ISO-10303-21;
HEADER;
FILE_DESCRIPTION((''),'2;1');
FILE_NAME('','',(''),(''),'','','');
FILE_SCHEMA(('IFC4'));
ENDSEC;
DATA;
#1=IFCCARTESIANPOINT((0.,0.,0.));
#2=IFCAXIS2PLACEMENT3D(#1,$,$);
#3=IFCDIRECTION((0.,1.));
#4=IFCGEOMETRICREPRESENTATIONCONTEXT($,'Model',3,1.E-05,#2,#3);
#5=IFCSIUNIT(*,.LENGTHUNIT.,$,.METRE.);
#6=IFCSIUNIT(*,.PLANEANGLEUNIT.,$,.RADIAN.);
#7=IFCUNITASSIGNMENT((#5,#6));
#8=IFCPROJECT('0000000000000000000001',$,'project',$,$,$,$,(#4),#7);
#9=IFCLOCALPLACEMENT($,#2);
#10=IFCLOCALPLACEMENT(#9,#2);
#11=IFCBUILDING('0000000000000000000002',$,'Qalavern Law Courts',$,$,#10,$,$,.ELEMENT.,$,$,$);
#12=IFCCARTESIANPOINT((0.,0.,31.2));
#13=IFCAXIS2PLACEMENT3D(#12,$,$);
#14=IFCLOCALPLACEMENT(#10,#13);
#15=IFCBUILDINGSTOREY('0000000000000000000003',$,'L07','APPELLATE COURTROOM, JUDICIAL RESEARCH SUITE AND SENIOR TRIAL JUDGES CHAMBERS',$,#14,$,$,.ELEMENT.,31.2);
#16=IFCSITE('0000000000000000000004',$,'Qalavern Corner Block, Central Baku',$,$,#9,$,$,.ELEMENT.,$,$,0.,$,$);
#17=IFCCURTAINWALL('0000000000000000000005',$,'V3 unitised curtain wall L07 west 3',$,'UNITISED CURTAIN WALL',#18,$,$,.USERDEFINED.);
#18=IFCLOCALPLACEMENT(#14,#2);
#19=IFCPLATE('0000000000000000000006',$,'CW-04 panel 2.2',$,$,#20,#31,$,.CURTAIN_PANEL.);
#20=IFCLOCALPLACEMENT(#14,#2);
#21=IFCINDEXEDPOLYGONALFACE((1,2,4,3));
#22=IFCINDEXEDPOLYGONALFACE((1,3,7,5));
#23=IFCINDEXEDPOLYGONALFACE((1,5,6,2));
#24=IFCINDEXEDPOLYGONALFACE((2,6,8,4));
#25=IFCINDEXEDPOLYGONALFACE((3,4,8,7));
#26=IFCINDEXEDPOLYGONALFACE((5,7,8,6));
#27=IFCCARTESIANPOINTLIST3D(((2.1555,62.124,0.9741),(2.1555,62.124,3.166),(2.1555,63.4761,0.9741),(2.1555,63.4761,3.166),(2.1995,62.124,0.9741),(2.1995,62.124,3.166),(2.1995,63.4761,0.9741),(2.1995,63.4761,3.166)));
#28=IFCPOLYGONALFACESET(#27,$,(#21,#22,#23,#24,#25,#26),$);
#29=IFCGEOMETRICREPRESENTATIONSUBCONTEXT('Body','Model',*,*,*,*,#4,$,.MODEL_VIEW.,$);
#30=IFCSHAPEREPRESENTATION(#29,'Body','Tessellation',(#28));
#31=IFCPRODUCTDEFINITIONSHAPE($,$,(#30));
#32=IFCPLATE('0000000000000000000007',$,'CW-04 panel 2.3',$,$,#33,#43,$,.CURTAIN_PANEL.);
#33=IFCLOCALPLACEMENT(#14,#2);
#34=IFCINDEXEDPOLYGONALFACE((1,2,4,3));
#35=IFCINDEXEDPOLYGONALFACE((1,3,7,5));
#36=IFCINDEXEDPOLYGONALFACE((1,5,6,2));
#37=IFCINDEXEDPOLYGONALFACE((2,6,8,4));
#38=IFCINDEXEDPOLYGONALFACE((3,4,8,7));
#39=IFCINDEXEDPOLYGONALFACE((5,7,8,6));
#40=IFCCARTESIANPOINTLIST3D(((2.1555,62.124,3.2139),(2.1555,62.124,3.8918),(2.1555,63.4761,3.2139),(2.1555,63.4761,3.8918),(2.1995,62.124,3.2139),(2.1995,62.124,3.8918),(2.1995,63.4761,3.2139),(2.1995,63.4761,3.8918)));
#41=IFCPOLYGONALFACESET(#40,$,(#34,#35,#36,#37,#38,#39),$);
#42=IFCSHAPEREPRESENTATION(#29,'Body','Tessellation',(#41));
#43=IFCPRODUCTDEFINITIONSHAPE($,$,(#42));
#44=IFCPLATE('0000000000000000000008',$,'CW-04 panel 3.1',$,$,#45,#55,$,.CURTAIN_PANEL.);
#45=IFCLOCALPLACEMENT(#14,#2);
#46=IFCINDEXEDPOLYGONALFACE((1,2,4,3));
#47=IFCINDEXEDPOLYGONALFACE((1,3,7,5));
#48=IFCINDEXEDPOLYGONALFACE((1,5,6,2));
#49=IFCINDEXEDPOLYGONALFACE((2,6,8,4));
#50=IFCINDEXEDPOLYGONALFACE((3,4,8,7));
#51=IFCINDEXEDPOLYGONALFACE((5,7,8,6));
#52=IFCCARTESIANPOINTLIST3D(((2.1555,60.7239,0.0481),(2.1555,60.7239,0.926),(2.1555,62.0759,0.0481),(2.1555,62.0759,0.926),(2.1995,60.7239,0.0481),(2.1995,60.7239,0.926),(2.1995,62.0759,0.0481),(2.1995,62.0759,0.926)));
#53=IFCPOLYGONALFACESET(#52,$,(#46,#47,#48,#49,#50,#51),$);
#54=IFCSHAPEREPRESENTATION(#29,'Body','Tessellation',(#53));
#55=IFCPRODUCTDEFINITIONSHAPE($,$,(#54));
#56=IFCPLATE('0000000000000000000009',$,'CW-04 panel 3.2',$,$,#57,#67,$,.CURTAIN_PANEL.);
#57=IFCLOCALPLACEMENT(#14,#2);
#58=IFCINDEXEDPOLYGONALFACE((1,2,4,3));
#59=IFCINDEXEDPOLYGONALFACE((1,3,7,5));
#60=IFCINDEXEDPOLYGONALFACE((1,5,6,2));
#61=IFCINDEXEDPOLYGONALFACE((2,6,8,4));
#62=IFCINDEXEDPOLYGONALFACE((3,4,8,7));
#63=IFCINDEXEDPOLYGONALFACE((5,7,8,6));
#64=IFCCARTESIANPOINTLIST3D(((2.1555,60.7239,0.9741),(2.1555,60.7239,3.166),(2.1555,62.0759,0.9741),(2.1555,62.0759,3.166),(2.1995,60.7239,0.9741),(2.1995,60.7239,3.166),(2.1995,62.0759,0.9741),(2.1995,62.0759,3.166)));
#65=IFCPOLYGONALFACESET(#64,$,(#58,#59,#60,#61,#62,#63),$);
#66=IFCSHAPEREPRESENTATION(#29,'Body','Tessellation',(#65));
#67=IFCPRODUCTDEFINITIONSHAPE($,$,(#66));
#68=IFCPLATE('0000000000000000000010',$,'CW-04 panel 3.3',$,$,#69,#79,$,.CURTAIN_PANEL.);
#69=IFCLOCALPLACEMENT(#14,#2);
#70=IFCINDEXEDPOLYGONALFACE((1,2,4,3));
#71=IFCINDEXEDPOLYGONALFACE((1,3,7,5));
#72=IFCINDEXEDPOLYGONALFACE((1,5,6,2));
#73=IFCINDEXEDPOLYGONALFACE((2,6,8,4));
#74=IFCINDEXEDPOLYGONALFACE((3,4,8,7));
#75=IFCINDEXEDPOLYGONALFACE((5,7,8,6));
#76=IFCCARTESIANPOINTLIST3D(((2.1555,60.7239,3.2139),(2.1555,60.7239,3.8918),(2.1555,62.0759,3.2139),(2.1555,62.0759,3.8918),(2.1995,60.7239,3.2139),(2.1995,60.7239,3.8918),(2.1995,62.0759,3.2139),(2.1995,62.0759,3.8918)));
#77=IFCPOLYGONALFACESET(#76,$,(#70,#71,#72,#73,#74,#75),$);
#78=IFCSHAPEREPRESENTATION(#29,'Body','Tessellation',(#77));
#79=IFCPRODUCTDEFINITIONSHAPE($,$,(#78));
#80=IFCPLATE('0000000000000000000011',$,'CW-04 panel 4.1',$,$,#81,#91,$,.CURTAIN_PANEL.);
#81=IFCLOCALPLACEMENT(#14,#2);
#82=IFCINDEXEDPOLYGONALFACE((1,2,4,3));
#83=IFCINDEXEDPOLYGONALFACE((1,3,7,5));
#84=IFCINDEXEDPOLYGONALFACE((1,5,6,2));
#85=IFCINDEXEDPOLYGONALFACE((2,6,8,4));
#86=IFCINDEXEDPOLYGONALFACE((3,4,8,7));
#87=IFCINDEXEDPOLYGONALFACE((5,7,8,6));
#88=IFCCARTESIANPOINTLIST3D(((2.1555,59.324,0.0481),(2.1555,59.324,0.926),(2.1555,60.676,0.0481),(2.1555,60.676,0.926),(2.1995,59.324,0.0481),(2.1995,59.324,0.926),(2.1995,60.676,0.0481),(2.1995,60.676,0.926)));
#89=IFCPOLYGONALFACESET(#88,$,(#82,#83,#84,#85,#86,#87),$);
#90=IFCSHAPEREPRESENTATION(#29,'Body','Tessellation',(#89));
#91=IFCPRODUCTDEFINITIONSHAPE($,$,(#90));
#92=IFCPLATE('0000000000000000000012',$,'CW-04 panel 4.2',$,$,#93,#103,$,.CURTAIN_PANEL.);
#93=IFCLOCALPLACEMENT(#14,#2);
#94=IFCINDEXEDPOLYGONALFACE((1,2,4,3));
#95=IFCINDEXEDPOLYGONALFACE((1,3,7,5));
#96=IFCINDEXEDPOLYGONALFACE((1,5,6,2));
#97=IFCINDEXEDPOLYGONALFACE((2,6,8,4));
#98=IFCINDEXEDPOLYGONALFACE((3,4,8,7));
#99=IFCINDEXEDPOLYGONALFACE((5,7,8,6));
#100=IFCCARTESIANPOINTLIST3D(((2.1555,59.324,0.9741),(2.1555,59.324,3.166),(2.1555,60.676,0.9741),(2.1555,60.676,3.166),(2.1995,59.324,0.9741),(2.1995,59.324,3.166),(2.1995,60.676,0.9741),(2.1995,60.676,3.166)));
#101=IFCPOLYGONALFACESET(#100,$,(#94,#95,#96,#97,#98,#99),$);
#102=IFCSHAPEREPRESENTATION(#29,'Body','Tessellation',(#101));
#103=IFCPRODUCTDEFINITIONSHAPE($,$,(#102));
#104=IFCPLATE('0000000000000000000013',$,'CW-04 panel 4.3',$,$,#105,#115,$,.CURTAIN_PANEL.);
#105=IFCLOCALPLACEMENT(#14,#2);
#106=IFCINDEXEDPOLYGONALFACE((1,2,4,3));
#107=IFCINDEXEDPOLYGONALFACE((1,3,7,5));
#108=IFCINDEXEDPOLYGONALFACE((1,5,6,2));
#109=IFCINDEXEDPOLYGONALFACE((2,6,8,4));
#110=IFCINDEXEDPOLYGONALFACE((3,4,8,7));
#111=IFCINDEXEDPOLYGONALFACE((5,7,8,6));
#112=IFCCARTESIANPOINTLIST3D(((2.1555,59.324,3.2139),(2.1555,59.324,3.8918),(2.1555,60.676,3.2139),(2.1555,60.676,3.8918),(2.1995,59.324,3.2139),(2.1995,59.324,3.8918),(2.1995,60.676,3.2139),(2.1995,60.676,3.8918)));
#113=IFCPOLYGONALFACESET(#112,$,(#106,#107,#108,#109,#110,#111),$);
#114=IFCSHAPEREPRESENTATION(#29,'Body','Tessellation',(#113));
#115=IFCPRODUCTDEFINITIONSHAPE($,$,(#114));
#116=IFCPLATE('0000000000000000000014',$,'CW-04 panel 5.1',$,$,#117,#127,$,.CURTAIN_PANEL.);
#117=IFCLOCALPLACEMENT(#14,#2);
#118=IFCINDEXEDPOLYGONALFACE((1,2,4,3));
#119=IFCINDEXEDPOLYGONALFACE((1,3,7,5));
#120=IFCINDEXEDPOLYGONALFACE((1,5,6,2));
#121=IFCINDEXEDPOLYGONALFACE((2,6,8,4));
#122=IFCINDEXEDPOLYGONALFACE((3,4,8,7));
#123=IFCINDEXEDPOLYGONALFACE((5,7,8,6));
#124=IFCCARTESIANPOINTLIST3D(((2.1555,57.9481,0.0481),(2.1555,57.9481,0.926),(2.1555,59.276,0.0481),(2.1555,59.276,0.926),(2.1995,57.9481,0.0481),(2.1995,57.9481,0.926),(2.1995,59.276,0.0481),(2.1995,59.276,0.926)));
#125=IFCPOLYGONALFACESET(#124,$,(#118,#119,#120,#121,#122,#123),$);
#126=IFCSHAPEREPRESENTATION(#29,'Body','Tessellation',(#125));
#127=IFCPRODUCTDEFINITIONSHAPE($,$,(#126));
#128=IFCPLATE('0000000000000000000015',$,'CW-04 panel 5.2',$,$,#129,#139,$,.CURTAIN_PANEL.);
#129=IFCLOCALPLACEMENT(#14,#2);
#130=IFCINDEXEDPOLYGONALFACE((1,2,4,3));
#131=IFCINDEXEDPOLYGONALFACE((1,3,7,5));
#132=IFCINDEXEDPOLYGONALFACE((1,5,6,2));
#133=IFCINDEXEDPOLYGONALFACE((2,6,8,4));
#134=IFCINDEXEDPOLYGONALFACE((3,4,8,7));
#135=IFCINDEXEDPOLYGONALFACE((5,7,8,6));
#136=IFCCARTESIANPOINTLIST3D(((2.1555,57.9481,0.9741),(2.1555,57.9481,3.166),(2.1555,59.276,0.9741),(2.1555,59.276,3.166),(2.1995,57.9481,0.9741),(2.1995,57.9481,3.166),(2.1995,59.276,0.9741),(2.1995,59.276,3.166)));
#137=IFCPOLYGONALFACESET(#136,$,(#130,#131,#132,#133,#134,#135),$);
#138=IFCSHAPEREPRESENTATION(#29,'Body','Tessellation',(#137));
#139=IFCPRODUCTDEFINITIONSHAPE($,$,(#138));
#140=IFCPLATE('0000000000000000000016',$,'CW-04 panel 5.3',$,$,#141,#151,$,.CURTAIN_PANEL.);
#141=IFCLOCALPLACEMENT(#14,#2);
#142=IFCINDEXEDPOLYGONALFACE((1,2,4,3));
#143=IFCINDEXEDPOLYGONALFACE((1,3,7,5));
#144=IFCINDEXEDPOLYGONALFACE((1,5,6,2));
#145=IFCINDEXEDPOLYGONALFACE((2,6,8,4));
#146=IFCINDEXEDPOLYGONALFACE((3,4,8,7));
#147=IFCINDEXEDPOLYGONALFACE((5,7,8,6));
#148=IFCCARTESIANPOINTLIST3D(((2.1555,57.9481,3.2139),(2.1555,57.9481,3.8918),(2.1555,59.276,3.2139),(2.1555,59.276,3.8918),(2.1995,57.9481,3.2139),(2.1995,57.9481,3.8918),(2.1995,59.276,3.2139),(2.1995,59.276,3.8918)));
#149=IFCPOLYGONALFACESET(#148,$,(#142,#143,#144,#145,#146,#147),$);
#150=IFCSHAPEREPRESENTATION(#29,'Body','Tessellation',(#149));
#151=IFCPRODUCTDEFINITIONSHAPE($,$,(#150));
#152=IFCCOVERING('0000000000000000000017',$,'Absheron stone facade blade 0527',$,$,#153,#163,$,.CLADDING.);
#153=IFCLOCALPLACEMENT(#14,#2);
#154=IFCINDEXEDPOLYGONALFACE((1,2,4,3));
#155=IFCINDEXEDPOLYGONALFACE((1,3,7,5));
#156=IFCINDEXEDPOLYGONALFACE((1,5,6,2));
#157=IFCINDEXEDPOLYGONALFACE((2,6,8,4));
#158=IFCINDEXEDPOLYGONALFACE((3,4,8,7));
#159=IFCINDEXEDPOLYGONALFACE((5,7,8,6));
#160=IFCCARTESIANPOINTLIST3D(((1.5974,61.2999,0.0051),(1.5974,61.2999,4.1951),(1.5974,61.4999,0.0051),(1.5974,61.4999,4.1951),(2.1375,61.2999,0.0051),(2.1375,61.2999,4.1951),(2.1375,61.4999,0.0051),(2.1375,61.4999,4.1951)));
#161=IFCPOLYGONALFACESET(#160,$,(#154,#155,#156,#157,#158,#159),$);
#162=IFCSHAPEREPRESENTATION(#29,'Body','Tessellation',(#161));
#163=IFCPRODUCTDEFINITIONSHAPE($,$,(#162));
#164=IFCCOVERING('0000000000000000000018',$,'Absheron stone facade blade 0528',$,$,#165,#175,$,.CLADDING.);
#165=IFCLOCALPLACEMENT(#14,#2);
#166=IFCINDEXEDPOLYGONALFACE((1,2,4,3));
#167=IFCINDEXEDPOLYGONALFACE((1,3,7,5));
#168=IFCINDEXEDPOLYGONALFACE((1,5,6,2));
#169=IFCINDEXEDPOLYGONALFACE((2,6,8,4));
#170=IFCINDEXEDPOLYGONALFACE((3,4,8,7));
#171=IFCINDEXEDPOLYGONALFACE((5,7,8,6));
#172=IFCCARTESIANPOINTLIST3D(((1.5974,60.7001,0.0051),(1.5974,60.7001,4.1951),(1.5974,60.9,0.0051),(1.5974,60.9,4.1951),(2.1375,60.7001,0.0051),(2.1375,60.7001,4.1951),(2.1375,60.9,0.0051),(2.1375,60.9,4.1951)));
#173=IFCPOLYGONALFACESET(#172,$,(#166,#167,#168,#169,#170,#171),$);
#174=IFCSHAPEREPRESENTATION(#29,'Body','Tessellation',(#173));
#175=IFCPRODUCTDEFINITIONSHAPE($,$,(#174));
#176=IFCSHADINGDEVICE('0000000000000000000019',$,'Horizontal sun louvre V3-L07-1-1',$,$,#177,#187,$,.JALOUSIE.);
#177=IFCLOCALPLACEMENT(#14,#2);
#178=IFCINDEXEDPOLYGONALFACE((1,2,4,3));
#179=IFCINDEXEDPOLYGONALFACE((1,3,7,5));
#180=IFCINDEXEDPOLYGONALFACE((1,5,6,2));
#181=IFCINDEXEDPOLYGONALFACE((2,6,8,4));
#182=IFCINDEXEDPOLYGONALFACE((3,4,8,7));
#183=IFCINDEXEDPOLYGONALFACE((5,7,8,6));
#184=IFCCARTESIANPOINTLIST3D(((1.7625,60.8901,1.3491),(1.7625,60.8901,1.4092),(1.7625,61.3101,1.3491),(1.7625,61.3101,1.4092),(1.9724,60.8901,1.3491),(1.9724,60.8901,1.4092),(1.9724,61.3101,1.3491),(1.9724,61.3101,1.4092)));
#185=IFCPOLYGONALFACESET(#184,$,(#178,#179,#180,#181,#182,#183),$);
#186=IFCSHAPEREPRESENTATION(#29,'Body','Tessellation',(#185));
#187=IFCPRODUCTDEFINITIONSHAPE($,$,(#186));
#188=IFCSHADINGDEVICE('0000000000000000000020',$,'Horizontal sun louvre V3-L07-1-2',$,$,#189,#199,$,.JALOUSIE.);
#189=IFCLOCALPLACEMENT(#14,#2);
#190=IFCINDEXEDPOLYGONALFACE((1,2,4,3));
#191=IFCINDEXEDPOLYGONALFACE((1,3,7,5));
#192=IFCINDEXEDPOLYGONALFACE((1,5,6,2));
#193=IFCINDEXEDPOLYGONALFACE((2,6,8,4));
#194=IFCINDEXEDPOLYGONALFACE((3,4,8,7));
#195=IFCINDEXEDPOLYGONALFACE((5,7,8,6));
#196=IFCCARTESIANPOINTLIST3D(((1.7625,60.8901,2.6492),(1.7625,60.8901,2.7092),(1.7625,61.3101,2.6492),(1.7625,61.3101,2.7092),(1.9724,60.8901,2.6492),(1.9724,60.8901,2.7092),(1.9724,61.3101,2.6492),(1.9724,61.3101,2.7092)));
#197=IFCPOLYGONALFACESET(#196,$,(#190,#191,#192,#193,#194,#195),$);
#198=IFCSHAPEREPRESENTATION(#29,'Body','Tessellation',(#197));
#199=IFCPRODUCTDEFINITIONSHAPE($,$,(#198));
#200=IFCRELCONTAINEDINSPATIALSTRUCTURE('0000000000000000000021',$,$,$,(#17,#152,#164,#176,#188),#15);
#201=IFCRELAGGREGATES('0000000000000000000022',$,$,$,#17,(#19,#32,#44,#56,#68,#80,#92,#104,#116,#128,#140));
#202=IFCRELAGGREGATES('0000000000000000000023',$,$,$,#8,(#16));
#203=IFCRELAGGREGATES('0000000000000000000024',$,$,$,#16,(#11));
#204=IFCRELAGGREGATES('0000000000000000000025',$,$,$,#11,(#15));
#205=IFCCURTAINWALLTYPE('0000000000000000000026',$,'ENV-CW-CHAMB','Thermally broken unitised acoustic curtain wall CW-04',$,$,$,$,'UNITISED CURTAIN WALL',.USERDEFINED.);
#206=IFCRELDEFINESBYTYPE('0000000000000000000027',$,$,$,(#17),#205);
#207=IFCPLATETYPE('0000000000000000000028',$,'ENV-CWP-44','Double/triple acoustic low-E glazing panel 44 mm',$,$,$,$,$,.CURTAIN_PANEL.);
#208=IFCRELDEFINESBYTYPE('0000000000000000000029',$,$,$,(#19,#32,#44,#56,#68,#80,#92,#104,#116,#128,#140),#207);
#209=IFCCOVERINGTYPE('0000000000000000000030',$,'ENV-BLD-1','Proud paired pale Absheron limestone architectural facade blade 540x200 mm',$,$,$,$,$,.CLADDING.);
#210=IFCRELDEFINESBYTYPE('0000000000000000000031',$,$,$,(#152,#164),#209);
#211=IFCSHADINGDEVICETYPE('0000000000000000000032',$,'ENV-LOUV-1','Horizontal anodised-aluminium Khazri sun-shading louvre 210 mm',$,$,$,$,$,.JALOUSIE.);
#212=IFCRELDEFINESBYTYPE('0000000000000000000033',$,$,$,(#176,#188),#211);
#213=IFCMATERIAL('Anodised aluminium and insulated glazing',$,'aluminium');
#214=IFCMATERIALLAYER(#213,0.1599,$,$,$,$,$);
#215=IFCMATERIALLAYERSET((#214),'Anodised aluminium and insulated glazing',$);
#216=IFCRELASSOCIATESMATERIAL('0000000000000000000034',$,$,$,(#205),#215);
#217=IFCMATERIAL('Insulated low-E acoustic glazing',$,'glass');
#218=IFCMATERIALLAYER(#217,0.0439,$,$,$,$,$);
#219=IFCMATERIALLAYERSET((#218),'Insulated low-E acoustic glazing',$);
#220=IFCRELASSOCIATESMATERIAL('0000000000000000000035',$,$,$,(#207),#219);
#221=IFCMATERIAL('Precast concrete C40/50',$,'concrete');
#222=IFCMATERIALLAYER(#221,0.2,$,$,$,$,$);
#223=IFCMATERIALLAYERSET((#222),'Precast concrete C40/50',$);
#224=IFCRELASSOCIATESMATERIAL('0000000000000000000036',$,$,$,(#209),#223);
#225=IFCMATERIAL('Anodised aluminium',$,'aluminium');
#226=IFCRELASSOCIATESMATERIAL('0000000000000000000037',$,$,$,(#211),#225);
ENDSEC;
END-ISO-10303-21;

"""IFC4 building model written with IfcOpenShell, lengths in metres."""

from ifc_helpers import new_model, si_unit, direction, frame, origin, origin_2d, place, context, subcontext, project, spatial, rectangle, extrude, material, layer, layer_set, type_object, element, aggregate, save


model = new_model("IFC4")

# Units and contexts
model_context = context("Model", 3, precision=1e-05, world=origin(), true_north=direction((0.0, 1.0)))
body_context = subcontext(model_context, "Body", "Model", "MODEL_VIEW")
ifc_project = project(units=[si_unit("LENGTHUNIT", "METRE"), si_unit("PLANEANGLEUNIT", "RADIAN")], contexts=[model_context])

# Site, building, storey
site_placement = place(None, origin())
site = spatial("IfcSite", under=ifc_project, at=site_placement, Name="Qalavern Corner Block, Central Baku", CompositionType="ELEMENT", RefElevation=0.0)
building_placement = place(site_placement, origin())
building = spatial("IfcBuilding", under=site, at=building_placement, Name="Qalavern Law Courts", CompositionType="ELEMENT")
storey_placement = place(building_placement, frame((0.0, 0.0, 31.2)))
storey = spatial("IfcBuildingStorey", under=building, at=storey_placement, Name="L07", Description="APPELLATE COURTROOM, JUDICIAL RESEARCH SUITE AND SENIOR TRIAL JUDGES CHAMBERS", CompositionType="ELEMENT", Elevation=31.2)

# Curtain wall, plates
ifc_material_1 = material(Name="Anodised aluminium and insulated glazing", Category="aluminium")
ifc_layer_1 = layer(ifc_material_1, 0.1599)
ifc_layer_set_1 = layer_set([ifc_layer_1], Name="Anodised aluminium and insulated glazing")
curtain_wall_type = type_object("IfcCurtainWallType", Name="ENV-CW-CHAMB", Description="Thermally broken unitised acoustic curtain wall CW-04", ElementType="UNITISED CURTAIN WALL", PredefinedType="USERDEFINED", material=ifc_layer_set_1)
curtain_wall_placement = place(storey_placement, origin())
curtain_wall = element("IfcCurtainWall", 1, at=curtain_wall_placement, inside=storey, type_object=curtain_wall_type, Name="V3 unitised curtain wall L07 west 3", ObjectType="UNITISED CURTAIN WALL", PredefinedType="USERDEFINED")
ifc_material_2 = material(Name="Anodised aluminium", Category="aluminium")
ifc_material_3 = material(Name="Insulated low-E acoustic glazing", Category="glass")
ifc_layer_2 = layer(ifc_material_3, 0.0439)
ifc_layer_set_2 = layer_set([ifc_layer_2], Name="Insulated low-E acoustic glazing")
plate_type = type_object("IfcPlateType", Name="ENV-CWP-44", Description="Double/triple acoustic low-E glazing panel 44 mm", PredefinedType="CURTAIN_PANEL", material=ifc_layer_set_2)
plate_1_placement = place(storey_placement, frame((2.1775, 62.8, 0.9741), z_axis=(0.0, 0.0, 1.0), x_axis=(0.0, -1.0, 0.0)))
plate_1 = element("IfcPlate", 2, at=plate_1_placement, type_object=plate_type, Name="CW-04 panel 2.2", PredefinedType="CURTAIN_PANEL", context=body_context, shape_type="SweptSolid", body=[
    extrude(rectangle(XDim=1.3521, YDim=0.0439, at=origin_2d()), origin(), (0.0, 0.0, 1.0), 2.1919),
])
plate_2_placement = place(storey_placement, frame((2.1775, 62.8, 3.2139), z_axis=(0.0, 0.0, 1.0), x_axis=(0.0, -1.0, 0.0)))
plate_2 = element("IfcPlate", 3, at=plate_2_placement, type_object=plate_type, Name="CW-04 panel 2.3", PredefinedType="CURTAIN_PANEL", context=body_context, shape_type="SweptSolid", body=[
    extrude(rectangle(XDim=1.3521, YDim=0.0439, at=origin_2d()), origin(), (0.0, 0.0, 1.0), 0.678),
])
plate_3_placement = place(storey_placement, frame((2.1775, 61.3999, 0.0481), z_axis=(0.0, 0.0, 1.0), x_axis=(0.0, -1.0, 0.0)))
plate_3 = element("IfcPlate", 4, at=plate_3_placement, type_object=plate_type, Name="CW-04 panel 3.1", PredefinedType="CURTAIN_PANEL", context=body_context, shape_type="SweptSolid", body=[
    extrude(rectangle(XDim=1.3521, YDim=0.0439, at=origin_2d()), origin(), (0.0, 0.0, 1.0), 0.8779),
])
plate_4_placement = place(storey_placement, frame((2.1775, 61.3999, 0.9741), z_axis=(0.0, 0.0, 1.0), x_axis=(0.0, -1.0, 0.0)))
plate_4 = element("IfcPlate", 5, at=plate_4_placement, type_object=plate_type, Name="CW-04 panel 3.2", PredefinedType="CURTAIN_PANEL", context=body_context, shape_type="SweptSolid", body=[
    extrude(rectangle(XDim=1.3521, YDim=0.0439, at=origin_2d()), origin(), (0.0, 0.0, 1.0), 2.1919),
])
plate_5_placement = place(storey_placement, frame((2.1775, 61.3999, 3.2139), z_axis=(0.0, 0.0, 1.0), x_axis=(0.0, -1.0, 0.0)))
plate_5 = element("IfcPlate", 6, at=plate_5_placement, type_object=plate_type, Name="CW-04 panel 3.3", PredefinedType="CURTAIN_PANEL", context=body_context, shape_type="SweptSolid", body=[
    extrude(rectangle(XDim=1.3521, YDim=0.0439, at=origin_2d()), origin(), (0.0, 0.0, 1.0), 0.678),
])
plate_6_placement = place(storey_placement, frame((2.1775, 60.0, 0.0481), z_axis=(0.0, 0.0, 1.0), x_axis=(0.0, -1.0, 0.0)))
plate_6 = element("IfcPlate", 7, at=plate_6_placement, type_object=plate_type, Name="CW-04 panel 4.1", PredefinedType="CURTAIN_PANEL", context=body_context, shape_type="SweptSolid", body=[
    extrude(rectangle(XDim=1.3521, YDim=0.0439, at=origin_2d()), origin(), (0.0, 0.0, 1.0), 0.8779),
])
plate_7_placement = place(storey_placement, frame((2.1775, 60.0, 0.9741), z_axis=(0.0, 0.0, 1.0), x_axis=(0.0, -1.0, 0.0)))
plate_7 = element("IfcPlate", 8, at=plate_7_placement, type_object=plate_type, Name="CW-04 panel 4.2", PredefinedType="CURTAIN_PANEL", context=body_context, shape_type="SweptSolid", body=[
    extrude(rectangle(XDim=1.3521, YDim=0.0439, at=origin_2d()), origin(), (0.0, 0.0, 1.0), 2.1919),
])
plate_8_placement = place(storey_placement, frame((2.1775, 60.0, 3.2139), z_axis=(0.0, 0.0, 1.0), x_axis=(0.0, -1.0, 0.0)))
plate_8 = element("IfcPlate", 9, at=plate_8_placement, type_object=plate_type, Name="CW-04 panel 4.3", PredefinedType="CURTAIN_PANEL", context=body_context, shape_type="SweptSolid", body=[
    extrude(rectangle(XDim=1.3521, YDim=0.0439, at=origin_2d()), origin(), (0.0, 0.0, 1.0), 0.678),
])
plate_9_placement = place(storey_placement, frame((2.1775, 58.6121, 0.0481), z_axis=(0.0, 0.0, 1.0), x_axis=(0.0, -1.0, 0.0)))
plate_9 = element("IfcPlate", 10, at=plate_9_placement, type_object=plate_type, Name="CW-04 panel 5.1", PredefinedType="CURTAIN_PANEL", context=body_context, shape_type="SweptSolid", body=[
    extrude(rectangle(XDim=1.3279, YDim=0.0439, at=origin_2d()), origin(), (0.0, 0.0, 1.0), 0.8779),
])
plate_10_placement = place(storey_placement, frame((2.1775, 58.6121, 0.9741), z_axis=(0.0, 0.0, 1.0), x_axis=(0.0, -1.0, 0.0)))
plate_10 = element("IfcPlate", 11, at=plate_10_placement, type_object=plate_type, Name="CW-04 panel 5.2", PredefinedType="CURTAIN_PANEL", context=body_context, shape_type="SweptSolid", body=[
    extrude(rectangle(XDim=1.3279, YDim=0.0439, at=origin_2d()), origin(), (0.0, 0.0, 1.0), 2.1919),
])
plate_11_placement = place(storey_placement, frame((2.1775, 58.6121, 3.2139), z_axis=(0.0, 0.0, 1.0), x_axis=(0.0, -1.0, 0.0)))
plate_11 = element("IfcPlate", 12, at=plate_11_placement, type_object=plate_type, Name="CW-04 panel 5.3", PredefinedType="CURTAIN_PANEL", context=body_context, shape_type="SweptSolid", body=[
    extrude(rectangle(XDim=1.3279, YDim=0.0439, at=origin_2d()), origin(), (0.0, 0.0, 1.0), 0.678),
])
aggregate(curtain_wall, [plate_1, plate_2, plate_3, plate_4, plate_5, plate_6, plate_7, plate_8, plate_9, plate_10, plate_11])

# Coverings
ifc_material_4 = material(Name="Precast concrete C40/50", Category="concrete")
ifc_layer_3 = layer(ifc_material_4, 0.2)
ifc_layer_set_3 = layer_set([ifc_layer_3], Name="Precast concrete C40/50")
covering_type = type_object("IfcCoveringType", Name="ENV-BLD-1", Description="Proud paired pale Absheron limestone architectural facade blade 540x200 mm", PredefinedType="CLADDING", material=ifc_layer_set_3)
for number, where, z_axis, x_axis, name in (
    (13, (1.8674, 61.3999, 0.0051), (0.0, 0.0, 1.0), (-1.0, 0.0, 0.0), "Absheron stone facade blade 0527"),
    (14, (1.8674, 60.8, 0.0051), (0.0, 0.0, 1.0), (-1.0, 0.0, 0.0), "Absheron stone facade blade 0528"),
):
    element("IfcCovering", number, at=place(storey_placement, frame(where, z_axis=z_axis, x_axis=x_axis)), inside=storey, type_object=covering_type, Name=name, PredefinedType="CLADDING", context=body_context, shape_type="SweptSolid", body=[
        extrude(rectangle(XDim=0.54, YDim=0.2, at=origin_2d()), origin(), (0.0, 0.0, 1.0), 4.1899),
    ])

# Shading devices
shading_device_type = type_object("IfcShadingDeviceType", Name="ENV-LOUV-1", Description="Horizontal anodised-aluminium Khazri sun-shading louvre 210 mm", PredefinedType="JALOUSIE", material=ifc_material_2)
for number, where, z_axis, x_axis, name in (
    (15, (1.8674, 61.1001, 1.3491), (0.0, 0.0, 1.0), (0.0, -1.0, 0.0), "Horizontal sun louvre V3-L07-1-1"),
    (16, (1.8674, 61.1001, 2.6492), (0.0, 0.0, 1.0), (0.0, -1.0, 0.0), "Horizontal sun louvre V3-L07-1-2"),
):
    element("IfcShadingDevice", number, at=place(storey_placement, frame(where, z_axis=z_axis, x_axis=x_axis)), inside=storey, type_object=shading_device_type, Name=name, PredefinedType="JALOUSIE", context=body_context, shape_type="SweptSolid", body=[
        extrude(rectangle(XDim=0.4199, YDim=0.21, at=origin_2d()), origin(), (0.0, 0.0, 1.0), 0.0601),
    ])

save(model, "model.ifc")
